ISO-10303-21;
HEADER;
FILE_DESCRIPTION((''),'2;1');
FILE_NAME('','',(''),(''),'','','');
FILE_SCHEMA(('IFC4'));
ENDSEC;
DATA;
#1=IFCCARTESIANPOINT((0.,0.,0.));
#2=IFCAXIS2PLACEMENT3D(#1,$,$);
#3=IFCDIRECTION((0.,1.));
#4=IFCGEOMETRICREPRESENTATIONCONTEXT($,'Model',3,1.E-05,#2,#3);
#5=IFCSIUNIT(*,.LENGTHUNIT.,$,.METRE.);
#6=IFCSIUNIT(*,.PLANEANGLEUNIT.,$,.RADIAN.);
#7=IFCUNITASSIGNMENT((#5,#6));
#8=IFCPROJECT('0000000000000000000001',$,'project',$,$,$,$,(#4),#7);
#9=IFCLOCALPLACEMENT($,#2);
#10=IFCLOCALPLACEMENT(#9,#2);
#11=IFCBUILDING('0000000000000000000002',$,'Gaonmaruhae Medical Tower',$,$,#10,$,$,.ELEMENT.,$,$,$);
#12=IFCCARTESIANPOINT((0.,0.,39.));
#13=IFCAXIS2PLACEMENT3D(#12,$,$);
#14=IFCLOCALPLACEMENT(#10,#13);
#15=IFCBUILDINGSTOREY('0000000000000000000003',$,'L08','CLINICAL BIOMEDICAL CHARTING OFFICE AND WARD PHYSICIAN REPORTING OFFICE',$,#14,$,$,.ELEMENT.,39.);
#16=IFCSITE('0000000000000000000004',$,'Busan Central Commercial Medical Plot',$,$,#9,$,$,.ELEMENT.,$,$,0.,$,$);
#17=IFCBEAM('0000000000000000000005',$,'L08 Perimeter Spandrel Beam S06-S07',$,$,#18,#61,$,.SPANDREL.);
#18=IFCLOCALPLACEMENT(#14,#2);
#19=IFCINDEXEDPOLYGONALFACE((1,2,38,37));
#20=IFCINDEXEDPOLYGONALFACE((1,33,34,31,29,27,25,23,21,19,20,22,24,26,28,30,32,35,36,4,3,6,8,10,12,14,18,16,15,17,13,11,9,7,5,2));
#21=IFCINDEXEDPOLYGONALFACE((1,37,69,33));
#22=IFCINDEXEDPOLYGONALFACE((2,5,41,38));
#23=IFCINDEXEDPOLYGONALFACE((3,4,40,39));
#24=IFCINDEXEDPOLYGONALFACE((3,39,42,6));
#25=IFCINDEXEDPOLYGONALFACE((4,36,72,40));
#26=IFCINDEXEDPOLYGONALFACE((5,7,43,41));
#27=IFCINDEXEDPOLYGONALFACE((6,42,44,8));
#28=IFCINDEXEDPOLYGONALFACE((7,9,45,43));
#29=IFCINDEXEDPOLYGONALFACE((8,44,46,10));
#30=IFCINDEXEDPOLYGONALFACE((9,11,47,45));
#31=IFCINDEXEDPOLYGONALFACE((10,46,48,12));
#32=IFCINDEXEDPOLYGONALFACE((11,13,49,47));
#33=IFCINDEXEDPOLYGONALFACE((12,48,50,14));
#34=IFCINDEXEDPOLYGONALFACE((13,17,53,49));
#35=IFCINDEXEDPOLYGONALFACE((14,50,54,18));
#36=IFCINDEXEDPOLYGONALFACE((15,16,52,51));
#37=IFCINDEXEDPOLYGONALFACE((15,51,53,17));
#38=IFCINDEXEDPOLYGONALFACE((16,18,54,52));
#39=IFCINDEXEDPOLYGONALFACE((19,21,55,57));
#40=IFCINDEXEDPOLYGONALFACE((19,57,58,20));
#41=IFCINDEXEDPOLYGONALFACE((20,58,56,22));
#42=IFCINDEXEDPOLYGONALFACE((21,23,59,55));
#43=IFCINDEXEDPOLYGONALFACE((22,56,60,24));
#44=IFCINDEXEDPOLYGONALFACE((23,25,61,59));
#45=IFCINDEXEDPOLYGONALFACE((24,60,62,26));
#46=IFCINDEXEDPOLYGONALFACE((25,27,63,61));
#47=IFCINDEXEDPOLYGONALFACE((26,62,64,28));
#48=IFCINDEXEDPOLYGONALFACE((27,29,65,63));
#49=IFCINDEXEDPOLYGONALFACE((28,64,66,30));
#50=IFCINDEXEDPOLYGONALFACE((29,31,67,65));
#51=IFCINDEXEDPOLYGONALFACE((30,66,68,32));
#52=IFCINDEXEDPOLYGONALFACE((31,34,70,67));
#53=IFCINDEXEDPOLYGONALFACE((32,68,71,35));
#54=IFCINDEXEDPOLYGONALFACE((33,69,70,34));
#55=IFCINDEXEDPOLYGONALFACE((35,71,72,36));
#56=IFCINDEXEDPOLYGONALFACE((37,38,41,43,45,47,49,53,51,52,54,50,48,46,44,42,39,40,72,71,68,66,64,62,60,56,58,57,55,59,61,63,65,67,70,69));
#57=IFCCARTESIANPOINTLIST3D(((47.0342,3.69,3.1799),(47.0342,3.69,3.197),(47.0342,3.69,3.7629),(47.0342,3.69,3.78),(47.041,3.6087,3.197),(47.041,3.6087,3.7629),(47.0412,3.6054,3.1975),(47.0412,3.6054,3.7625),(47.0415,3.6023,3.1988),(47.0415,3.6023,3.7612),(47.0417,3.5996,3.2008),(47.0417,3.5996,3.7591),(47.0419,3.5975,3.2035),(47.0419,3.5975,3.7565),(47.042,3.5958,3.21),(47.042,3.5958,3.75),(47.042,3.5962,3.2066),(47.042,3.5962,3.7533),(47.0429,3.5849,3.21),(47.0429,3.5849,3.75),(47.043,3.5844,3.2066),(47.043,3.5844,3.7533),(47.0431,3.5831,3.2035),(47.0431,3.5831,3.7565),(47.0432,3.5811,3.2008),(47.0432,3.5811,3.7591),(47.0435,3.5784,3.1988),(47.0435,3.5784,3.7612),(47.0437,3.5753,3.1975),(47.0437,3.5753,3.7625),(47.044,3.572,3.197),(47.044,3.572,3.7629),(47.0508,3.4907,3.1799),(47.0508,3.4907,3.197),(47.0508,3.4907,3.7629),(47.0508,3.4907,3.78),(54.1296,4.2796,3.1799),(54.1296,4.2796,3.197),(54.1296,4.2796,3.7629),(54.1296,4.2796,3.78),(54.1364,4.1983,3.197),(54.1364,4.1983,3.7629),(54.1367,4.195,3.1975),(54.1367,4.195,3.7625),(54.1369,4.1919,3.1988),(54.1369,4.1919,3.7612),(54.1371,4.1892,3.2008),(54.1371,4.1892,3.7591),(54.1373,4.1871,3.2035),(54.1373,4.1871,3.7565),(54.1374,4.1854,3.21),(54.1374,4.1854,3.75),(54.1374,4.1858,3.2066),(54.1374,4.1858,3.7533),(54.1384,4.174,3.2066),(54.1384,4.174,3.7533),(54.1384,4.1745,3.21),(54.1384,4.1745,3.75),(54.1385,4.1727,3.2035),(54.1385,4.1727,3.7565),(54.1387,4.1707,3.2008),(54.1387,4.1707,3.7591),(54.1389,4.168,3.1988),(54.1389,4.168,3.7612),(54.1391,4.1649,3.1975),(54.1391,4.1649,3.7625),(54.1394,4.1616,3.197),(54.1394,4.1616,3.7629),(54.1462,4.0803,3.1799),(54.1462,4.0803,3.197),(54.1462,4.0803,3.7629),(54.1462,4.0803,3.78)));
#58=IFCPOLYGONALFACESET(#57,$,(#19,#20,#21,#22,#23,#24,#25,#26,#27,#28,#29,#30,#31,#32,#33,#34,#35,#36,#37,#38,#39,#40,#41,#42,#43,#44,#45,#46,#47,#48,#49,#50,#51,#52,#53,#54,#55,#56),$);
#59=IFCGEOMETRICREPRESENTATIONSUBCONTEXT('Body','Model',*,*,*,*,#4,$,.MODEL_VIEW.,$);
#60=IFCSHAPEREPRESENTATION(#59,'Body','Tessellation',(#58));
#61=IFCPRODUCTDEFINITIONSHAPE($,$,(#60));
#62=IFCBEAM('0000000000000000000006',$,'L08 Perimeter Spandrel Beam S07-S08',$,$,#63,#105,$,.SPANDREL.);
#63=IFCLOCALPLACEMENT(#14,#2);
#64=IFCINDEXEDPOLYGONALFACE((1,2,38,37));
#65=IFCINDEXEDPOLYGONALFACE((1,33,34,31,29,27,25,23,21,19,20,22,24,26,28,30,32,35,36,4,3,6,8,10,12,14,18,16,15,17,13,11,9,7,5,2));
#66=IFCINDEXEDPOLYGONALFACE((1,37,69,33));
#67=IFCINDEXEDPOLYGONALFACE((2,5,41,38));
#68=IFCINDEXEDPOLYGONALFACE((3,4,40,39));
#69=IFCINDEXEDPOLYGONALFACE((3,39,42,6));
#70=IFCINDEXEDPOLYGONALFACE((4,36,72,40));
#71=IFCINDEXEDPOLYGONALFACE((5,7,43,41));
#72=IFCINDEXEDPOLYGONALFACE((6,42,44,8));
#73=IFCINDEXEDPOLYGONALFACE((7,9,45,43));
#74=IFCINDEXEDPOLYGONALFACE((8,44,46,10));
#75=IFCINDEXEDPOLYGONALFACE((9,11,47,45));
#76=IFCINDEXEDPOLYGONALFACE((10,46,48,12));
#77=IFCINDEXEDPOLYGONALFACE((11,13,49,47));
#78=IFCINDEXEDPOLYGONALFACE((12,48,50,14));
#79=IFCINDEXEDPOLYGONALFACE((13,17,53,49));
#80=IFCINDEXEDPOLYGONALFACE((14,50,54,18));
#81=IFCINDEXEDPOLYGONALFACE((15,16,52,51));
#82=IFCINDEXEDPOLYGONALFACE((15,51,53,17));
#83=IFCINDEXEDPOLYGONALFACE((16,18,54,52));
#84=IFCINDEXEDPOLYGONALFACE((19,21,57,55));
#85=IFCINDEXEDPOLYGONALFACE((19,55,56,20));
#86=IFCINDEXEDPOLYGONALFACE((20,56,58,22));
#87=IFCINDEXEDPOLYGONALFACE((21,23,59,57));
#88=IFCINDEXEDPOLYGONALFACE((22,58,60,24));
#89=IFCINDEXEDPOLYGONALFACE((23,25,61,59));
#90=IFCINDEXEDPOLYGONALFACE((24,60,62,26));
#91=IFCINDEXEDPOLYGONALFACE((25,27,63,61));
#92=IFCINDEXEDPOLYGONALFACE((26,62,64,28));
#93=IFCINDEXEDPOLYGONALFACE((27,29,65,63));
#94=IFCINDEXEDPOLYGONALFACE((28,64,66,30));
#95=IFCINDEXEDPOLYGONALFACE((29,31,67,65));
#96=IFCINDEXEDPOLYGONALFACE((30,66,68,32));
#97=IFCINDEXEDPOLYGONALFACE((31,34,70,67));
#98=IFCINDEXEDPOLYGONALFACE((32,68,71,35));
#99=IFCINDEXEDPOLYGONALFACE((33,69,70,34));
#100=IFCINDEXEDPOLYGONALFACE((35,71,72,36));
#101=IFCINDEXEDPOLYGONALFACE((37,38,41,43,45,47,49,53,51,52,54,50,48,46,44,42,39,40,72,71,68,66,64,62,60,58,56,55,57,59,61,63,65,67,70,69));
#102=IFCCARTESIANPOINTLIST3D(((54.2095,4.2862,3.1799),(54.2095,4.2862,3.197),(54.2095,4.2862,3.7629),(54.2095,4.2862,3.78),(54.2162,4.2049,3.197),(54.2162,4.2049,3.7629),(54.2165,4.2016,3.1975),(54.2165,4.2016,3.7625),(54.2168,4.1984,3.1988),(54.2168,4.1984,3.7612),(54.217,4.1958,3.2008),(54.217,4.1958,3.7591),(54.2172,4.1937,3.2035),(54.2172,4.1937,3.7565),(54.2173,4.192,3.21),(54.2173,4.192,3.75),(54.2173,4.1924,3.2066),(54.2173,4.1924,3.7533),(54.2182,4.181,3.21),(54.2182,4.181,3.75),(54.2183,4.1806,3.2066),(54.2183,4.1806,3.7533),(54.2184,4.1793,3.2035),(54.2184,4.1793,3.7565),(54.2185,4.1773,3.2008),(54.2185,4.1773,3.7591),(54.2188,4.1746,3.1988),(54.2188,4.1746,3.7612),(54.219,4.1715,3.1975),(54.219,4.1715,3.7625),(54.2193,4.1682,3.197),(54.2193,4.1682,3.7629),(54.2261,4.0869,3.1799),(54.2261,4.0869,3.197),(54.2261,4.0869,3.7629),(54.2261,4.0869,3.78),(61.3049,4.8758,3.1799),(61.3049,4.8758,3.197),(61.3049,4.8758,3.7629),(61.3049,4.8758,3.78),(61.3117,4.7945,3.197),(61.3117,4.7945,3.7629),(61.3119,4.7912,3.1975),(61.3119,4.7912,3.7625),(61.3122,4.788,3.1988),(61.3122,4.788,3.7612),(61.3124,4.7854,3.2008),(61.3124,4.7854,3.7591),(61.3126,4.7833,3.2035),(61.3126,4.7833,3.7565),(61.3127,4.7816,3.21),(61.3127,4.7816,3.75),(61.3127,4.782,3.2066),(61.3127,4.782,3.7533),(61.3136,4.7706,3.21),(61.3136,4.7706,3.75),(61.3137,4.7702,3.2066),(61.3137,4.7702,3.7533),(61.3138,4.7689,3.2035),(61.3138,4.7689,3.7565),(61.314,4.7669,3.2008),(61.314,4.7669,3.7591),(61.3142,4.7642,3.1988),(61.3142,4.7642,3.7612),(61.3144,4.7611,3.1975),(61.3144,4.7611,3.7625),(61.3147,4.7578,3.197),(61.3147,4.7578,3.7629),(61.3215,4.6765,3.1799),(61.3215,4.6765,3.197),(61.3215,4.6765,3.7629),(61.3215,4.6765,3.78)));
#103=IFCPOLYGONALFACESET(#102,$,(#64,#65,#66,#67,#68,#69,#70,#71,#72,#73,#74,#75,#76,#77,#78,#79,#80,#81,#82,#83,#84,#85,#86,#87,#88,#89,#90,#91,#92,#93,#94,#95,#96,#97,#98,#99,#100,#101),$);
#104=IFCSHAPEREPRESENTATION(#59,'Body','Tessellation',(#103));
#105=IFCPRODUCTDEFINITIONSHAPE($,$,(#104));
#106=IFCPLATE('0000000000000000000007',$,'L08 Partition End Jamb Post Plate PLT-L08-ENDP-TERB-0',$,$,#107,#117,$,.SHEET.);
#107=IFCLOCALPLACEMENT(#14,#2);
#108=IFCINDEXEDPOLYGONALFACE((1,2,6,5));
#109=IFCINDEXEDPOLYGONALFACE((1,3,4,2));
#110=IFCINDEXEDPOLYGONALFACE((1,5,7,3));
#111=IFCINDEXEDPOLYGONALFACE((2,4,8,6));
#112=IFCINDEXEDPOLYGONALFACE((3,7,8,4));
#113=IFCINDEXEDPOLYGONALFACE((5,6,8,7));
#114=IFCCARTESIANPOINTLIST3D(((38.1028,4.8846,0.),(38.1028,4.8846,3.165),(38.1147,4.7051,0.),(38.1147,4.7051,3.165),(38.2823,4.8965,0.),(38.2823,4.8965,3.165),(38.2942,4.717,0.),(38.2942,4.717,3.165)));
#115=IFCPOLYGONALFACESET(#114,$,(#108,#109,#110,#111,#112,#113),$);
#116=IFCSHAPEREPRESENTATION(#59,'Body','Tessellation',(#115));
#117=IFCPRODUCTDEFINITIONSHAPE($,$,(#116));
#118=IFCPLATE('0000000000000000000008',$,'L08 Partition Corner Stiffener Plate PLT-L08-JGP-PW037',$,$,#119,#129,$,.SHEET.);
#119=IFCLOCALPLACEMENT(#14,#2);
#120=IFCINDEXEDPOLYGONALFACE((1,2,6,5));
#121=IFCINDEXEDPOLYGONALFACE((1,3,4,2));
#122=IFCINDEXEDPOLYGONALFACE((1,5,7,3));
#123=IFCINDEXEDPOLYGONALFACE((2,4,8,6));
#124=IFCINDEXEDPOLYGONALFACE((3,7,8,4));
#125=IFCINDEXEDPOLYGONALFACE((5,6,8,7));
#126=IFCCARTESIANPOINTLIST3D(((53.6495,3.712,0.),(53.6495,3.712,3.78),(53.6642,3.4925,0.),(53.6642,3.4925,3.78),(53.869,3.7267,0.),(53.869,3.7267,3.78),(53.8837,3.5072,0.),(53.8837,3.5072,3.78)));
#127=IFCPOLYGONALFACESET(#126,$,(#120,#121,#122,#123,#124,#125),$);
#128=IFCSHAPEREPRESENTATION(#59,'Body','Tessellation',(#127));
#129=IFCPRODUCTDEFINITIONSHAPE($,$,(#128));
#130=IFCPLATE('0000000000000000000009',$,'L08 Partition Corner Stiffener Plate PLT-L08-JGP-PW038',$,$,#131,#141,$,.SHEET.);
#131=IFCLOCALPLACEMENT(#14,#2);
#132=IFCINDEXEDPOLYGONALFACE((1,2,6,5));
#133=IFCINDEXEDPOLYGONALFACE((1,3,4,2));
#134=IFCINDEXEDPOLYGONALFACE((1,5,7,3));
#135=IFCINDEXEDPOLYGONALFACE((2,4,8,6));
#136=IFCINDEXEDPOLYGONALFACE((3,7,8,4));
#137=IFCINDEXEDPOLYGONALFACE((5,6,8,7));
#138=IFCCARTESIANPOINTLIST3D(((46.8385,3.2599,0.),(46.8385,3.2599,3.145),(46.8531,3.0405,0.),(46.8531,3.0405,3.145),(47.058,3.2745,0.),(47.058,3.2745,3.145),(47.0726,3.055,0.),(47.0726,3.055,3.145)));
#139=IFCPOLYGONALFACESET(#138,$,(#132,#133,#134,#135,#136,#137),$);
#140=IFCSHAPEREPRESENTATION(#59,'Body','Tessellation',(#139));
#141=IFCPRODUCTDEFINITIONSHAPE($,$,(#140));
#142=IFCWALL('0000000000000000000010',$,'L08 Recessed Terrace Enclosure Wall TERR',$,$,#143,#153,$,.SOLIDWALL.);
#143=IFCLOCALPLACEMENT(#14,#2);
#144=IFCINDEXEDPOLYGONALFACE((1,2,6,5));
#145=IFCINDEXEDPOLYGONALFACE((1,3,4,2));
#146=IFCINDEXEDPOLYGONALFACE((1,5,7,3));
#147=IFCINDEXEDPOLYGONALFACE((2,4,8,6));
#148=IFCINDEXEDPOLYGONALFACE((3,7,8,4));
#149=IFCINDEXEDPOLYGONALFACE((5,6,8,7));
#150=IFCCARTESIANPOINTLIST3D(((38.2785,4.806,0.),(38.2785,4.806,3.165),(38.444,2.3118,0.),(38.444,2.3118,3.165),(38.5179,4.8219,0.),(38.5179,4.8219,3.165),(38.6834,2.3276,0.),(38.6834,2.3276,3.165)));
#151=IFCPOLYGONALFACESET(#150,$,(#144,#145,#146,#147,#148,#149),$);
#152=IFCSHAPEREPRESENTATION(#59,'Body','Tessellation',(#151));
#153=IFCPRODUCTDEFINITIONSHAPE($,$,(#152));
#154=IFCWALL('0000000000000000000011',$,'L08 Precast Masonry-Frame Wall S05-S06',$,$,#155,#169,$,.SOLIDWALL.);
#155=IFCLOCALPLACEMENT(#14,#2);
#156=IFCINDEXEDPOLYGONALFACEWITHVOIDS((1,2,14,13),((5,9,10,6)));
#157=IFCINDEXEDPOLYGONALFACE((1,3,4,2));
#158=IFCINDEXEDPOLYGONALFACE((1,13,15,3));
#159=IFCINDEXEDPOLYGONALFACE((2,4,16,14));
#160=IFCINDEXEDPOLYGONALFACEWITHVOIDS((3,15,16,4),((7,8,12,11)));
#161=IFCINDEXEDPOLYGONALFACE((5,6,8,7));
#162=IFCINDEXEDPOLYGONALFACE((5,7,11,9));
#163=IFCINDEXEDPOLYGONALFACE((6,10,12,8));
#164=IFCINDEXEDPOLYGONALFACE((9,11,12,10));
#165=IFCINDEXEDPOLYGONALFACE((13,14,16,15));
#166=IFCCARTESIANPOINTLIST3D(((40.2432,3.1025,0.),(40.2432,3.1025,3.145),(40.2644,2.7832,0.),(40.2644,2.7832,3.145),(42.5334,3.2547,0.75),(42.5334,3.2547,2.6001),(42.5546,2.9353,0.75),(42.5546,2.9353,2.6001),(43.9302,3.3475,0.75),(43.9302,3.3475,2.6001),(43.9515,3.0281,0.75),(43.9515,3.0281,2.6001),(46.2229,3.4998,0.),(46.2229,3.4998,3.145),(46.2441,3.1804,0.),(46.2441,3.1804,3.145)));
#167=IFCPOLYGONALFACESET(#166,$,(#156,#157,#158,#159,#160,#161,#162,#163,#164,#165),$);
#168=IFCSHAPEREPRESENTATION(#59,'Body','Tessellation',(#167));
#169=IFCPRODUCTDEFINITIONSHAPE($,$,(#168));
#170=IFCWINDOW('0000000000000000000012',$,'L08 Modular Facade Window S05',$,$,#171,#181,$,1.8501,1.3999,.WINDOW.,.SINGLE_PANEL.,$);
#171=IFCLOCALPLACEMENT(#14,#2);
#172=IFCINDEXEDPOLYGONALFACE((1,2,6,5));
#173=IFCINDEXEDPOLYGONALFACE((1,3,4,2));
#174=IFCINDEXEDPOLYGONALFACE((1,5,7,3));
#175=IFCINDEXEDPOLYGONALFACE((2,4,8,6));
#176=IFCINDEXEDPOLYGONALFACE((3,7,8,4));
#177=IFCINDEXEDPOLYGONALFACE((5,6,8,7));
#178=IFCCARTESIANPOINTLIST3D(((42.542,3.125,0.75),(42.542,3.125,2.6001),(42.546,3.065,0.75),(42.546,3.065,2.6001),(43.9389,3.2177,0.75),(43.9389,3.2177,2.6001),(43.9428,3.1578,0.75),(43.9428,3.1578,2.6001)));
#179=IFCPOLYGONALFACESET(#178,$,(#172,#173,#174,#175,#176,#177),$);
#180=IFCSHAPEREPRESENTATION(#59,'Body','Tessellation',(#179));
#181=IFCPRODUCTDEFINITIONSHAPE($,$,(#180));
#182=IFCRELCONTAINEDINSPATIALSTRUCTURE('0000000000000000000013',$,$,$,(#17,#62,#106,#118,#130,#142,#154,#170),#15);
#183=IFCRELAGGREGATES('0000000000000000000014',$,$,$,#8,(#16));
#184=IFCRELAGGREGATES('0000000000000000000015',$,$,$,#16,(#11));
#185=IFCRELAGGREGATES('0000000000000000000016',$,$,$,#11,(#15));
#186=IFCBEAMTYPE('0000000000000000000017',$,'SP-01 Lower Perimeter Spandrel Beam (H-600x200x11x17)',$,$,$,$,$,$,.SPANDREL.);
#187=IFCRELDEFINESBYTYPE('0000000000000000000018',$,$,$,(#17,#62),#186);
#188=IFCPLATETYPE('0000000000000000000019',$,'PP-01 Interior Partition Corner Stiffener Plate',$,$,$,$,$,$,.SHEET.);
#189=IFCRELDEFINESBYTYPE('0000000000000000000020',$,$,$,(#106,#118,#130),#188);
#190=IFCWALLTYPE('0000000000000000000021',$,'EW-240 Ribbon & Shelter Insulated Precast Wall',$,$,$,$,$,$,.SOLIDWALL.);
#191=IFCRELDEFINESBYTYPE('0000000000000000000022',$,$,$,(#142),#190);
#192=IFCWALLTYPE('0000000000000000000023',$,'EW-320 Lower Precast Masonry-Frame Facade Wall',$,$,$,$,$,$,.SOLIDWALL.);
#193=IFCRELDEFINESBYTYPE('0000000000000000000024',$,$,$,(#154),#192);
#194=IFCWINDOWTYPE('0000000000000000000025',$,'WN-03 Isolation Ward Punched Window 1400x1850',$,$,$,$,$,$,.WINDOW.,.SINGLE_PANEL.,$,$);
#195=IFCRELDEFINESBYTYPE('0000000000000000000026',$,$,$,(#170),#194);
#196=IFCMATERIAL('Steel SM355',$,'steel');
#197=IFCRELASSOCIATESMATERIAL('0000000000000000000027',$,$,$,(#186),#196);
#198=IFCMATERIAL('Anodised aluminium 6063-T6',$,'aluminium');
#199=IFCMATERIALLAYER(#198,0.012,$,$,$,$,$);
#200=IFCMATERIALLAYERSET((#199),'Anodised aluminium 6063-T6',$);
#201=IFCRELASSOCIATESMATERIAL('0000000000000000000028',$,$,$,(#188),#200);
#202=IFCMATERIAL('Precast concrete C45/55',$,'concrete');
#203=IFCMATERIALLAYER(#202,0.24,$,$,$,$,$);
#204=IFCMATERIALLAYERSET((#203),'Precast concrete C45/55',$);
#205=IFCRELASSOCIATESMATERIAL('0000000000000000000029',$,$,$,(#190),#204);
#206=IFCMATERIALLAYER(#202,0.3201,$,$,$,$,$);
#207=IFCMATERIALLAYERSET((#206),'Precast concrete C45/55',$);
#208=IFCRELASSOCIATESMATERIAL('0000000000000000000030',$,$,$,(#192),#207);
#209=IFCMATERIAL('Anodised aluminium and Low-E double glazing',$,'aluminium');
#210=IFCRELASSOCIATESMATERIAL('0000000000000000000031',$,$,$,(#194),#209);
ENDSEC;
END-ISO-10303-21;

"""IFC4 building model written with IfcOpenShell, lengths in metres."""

from ifc_helpers import new_model, si_unit, direction, frame, frame_2d, origin, origin_2d, place, context, subcontext, project, spatial, rectangle, i_section, extrude, material, layer, layer_set, material_profile, profile_set, type_object, element, fill, save


model = new_model("IFC4")

# Units and contexts
model_context = context("Model", 3, precision=1e-05, world=origin(), true_north=direction((0.0, 1.0)))
body_context = subcontext(model_context, "Body", "Model", "MODEL_VIEW")
ifc_project = project(units=[si_unit("LENGTHUNIT", "METRE"), si_unit("PLANEANGLEUNIT", "RADIAN")], contexts=[model_context])

# Site, building, storey
site_placement = place(None, origin())
site = spatial("IfcSite", under=ifc_project, at=site_placement, Name="Busan Central Commercial Medical Plot", CompositionType="ELEMENT", RefElevation=0.0)
building_placement = place(site_placement, origin())
building = spatial("IfcBuilding", under=site, at=building_placement, Name="Gaonmaruhae Medical Tower", CompositionType="ELEMENT")
storey_placement = place(building_placement, frame((0.0, 0.0, 39.0)))
storey = spatial("IfcBuildingStorey", under=building, at=storey_placement, Name="L08", Description="CLINICAL BIOMEDICAL CHARTING OFFICE AND WARD PHYSICIAN REPORTING OFFICE", CompositionType="ELEMENT", Elevation=39.0)

# Beams
ifc_material_1 = material(Name="Steel SM355", Category="steel")
ifc_material_profile_1 = material_profile(ifc_material_1, i_section(OverallWidth=0.2, OverallDepth=0.6001, WebThickness=0.011, FlangeThickness=0.0171, FilletRadius=0.0129, at=origin_2d()), Name="H-600x200x11x17")
ifc_profile_set_1 = profile_set([ifc_material_profile_1], Name="Steel SM355")
beam_type_1 = type_object("IfcBeamType", Name="SP-01 Lower Perimeter Spandrel Beam (H-600x200x11x17)", PredefinedType="SPANDREL", material=ifc_profile_set_1)
for number, where, z_axis, x_axis, name in (
    (1, (47.0425, 3.5903, 3.48), (0.996565, 0.08281, 0.0), (-0.08281, 0.996565, 0.0), "L08 Perimeter Spandrel Beam S06-S07"),
    (2, (54.2178, 4.1865, 3.48), (0.996565, 0.08281, 0.0), (-0.08281, 0.996565, 0.0), "L08 Perimeter Spandrel Beam S07-S08"),
):
    element("IfcBeam", number, at=place(storey_placement, frame(where, z_axis=z_axis, x_axis=x_axis)), inside=storey, type_object=beam_type_1, Name=name, PredefinedType="SPANDREL", context=body_context, shape_type="SweptSolid", body=[
        extrude(i_section(OverallWidth=0.2, OverallDepth=0.6001, WebThickness=0.011, FlangeThickness=0.0171, FilletRadius=0.0129, at=origin_2d()), origin(), (0.0, 0.0, 1.0), 7.1199),
    ])

# Plates
ifc_material_2 = material(Name="Anodised aluminium 6063-T6", Category="aluminium")
ifc_layer_1 = layer(ifc_material_2, 0.012)
ifc_layer_set_1 = layer_set([ifc_layer_1], Name="Anodised aluminium 6063-T6")
plate_type = type_object("IfcPlateType", Name="PP-01 Interior Partition Corner Stiffener Plate", PredefinedType="SHEET", material=ifc_layer_set_1)
plate_1_placement = place(storey_placement, frame((38.1985, 4.8008, 0.0), z_axis=(0.0, 0.0, 1.0), x_axis=(-0.997801, -0.066274, 0.0)))
element("IfcPlate", 3, at=plate_1_placement, inside=storey, type_object=plate_type, Name="L08 Partition End Jamb Post Plate PLT-L08-ENDP-TERB-0", PredefinedType="SHEET", context=body_context, shape_type="SweptSolid", body=[
    extrude(rectangle(XDim=0.1799, YDim=0.1799, at=origin_2d()), origin(), (0.0, 0.0, 1.0), 3.165),
])
plate_2_placement = place(storey_placement, frame((53.7666, 3.6096, 0.0), z_axis=(0.0, 0.0, 1.0), x_axis=(-0.997771, -0.066727, 0.0)))
element("IfcPlate", 4, at=plate_2_placement, inside=storey, type_object=plate_type, Name="L08 Partition Corner Stiffener Plate PLT-L08-JGP-PW037", PredefinedType="SHEET", context=body_context, shape_type="SweptSolid", body=[
    extrude(rectangle(XDim=0.22, YDim=0.22, at=origin_2d()), origin(), (0.0, 0.0, 1.0), 3.78),
])
plate_3_placement = place(storey_placement, frame((46.9556, 3.1575, 0.0), z_axis=(0.0, 0.0, 1.0), x_axis=(-0.997812, -0.066117, 0.0)))
element("IfcPlate", 5, at=plate_3_placement, inside=storey, type_object=plate_type, Name="L08 Partition Corner Stiffener Plate PLT-L08-JGP-PW038", PredefinedType="SHEET", context=body_context, shape_type="SweptSolid", body=[
    extrude(rectangle(XDim=0.22, YDim=0.22, at=origin_2d()), origin(), (0.0, 0.0, 1.0), 3.145),
])

# Shared definitions
ifc_material_3 = material(Name="Precast concrete C45/55", Category="concrete")
ifc_layer_2 = layer(ifc_material_3, 0.24)
ifc_layer_set_2 = layer_set([ifc_layer_2], Name="Precast concrete C45/55")
wall_type_1 = type_object("IfcWallType", Name="EW-240 Ribbon & Shelter Insulated Precast Wall", PredefinedType="SOLIDWALL", material=ifc_layer_set_2)

# Wall
wall_1_placement = place(storey_placement, frame((38.5637, 2.3196, 0.0), z_axis=(0.0, 0.0, 1.0), x_axis=(-0.066214, 0.997805, 0.0)))
element("IfcWall", 6, at=wall_1_placement, inside=storey, type_object=wall_type_1, Name="L08 Recessed Terrace Enclosure Wall TERR", PredefinedType="SOLIDWALL", context=body_context, shape_type="SweptSolid", body=[
    extrude(rectangle(XDim=2.4998, YDim=0.24, at=frame_2d((1.25, 0.0))), origin(), (0.0, 0.0, 1.0), 3.165),
])

# Wall, opening, window
ifc_layer_3 = layer(ifc_material_3, 0.3201)
ifc_layer_set_3 = layer_set([ifc_layer_3], Name="Precast concrete C45/55")
wall_type_2 = type_object("IfcWallType", Name="EW-320 Lower Precast Masonry-Frame Facade Wall", PredefinedType="SOLIDWALL", material=ifc_layer_set_3)
wall_2_placement = place(storey_placement, frame((46.2336, 3.3401, 0.0), z_axis=(0.0, 0.0, 1.0), x_axis=(-0.997801, -0.066281, 0.0)))
wall_2 = element("IfcWall", 7, at=wall_2_placement, inside=storey, type_object=wall_type_2, Name="L08 Precast Masonry-Frame Wall S05-S06", PredefinedType="SOLIDWALL", context=body_context, shape_type="SweptSolid", body=[
    extrude(rectangle(XDim=5.9929, YDim=0.3201, at=frame_2d((2.9966, 0.0))), origin(), (0.0, 0.0, 1.0), 3.145),
])
opening_1_placement = place(wall_2_placement, frame((2.2979, 0.0, 0.75)))
opening_1 = element("IfcOpeningElement", 8, at=opening_1_placement, cuts=wall_2, PredefinedType="OPENING", context=body_context, shape_type="SweptSolid", body=[
    extrude(rectangle(XDim=1.3999, YDim=1.8501, at=frame_2d((0.7, 0.925))), frame((0.0, 0.1699, 0.0), z_axis=(0.0, -1.0, 0.0), x_axis=(1.0, 0.0, 0.0)), (0.0, 0.0, 1.0), 0.3401),
])
ifc_material_4 = material(Name="Anodised aluminium and Low-E double glazing", Category="aluminium")
window_type_1 = type_object("IfcWindowType", Name="WN-03 Isolation Ward Punched Window 1400x1850", PartitioningType="SINGLE_PANEL", PredefinedType="WINDOW", material=ifc_material_4)
window_1_placement = place(opening_1_placement, origin())
window_1 = element("IfcWindow", 9, at=window_1_placement, inside=storey, type_object=window_type_1, Name="L08 Modular Facade Window S05", OverallHeight=1.8501, OverallWidth=1.3999, PartitioningType="SINGLE_PANEL", PredefinedType="WINDOW", context=body_context, shape_type="SweptSolid", body=[
    extrude(rectangle(XDim=1.3999, YDim=1.8501, at=frame_2d((0.7, 0.925))), frame((0.0, 0.03, 0.0), z_axis=(0.0, -1.0, 0.0), x_axis=(1.0, 0.0, 0.0)), (0.0, 0.0, 1.0), 0.0601),
])
fill(opening_1, window_1)

save(model, "model.ifc")
